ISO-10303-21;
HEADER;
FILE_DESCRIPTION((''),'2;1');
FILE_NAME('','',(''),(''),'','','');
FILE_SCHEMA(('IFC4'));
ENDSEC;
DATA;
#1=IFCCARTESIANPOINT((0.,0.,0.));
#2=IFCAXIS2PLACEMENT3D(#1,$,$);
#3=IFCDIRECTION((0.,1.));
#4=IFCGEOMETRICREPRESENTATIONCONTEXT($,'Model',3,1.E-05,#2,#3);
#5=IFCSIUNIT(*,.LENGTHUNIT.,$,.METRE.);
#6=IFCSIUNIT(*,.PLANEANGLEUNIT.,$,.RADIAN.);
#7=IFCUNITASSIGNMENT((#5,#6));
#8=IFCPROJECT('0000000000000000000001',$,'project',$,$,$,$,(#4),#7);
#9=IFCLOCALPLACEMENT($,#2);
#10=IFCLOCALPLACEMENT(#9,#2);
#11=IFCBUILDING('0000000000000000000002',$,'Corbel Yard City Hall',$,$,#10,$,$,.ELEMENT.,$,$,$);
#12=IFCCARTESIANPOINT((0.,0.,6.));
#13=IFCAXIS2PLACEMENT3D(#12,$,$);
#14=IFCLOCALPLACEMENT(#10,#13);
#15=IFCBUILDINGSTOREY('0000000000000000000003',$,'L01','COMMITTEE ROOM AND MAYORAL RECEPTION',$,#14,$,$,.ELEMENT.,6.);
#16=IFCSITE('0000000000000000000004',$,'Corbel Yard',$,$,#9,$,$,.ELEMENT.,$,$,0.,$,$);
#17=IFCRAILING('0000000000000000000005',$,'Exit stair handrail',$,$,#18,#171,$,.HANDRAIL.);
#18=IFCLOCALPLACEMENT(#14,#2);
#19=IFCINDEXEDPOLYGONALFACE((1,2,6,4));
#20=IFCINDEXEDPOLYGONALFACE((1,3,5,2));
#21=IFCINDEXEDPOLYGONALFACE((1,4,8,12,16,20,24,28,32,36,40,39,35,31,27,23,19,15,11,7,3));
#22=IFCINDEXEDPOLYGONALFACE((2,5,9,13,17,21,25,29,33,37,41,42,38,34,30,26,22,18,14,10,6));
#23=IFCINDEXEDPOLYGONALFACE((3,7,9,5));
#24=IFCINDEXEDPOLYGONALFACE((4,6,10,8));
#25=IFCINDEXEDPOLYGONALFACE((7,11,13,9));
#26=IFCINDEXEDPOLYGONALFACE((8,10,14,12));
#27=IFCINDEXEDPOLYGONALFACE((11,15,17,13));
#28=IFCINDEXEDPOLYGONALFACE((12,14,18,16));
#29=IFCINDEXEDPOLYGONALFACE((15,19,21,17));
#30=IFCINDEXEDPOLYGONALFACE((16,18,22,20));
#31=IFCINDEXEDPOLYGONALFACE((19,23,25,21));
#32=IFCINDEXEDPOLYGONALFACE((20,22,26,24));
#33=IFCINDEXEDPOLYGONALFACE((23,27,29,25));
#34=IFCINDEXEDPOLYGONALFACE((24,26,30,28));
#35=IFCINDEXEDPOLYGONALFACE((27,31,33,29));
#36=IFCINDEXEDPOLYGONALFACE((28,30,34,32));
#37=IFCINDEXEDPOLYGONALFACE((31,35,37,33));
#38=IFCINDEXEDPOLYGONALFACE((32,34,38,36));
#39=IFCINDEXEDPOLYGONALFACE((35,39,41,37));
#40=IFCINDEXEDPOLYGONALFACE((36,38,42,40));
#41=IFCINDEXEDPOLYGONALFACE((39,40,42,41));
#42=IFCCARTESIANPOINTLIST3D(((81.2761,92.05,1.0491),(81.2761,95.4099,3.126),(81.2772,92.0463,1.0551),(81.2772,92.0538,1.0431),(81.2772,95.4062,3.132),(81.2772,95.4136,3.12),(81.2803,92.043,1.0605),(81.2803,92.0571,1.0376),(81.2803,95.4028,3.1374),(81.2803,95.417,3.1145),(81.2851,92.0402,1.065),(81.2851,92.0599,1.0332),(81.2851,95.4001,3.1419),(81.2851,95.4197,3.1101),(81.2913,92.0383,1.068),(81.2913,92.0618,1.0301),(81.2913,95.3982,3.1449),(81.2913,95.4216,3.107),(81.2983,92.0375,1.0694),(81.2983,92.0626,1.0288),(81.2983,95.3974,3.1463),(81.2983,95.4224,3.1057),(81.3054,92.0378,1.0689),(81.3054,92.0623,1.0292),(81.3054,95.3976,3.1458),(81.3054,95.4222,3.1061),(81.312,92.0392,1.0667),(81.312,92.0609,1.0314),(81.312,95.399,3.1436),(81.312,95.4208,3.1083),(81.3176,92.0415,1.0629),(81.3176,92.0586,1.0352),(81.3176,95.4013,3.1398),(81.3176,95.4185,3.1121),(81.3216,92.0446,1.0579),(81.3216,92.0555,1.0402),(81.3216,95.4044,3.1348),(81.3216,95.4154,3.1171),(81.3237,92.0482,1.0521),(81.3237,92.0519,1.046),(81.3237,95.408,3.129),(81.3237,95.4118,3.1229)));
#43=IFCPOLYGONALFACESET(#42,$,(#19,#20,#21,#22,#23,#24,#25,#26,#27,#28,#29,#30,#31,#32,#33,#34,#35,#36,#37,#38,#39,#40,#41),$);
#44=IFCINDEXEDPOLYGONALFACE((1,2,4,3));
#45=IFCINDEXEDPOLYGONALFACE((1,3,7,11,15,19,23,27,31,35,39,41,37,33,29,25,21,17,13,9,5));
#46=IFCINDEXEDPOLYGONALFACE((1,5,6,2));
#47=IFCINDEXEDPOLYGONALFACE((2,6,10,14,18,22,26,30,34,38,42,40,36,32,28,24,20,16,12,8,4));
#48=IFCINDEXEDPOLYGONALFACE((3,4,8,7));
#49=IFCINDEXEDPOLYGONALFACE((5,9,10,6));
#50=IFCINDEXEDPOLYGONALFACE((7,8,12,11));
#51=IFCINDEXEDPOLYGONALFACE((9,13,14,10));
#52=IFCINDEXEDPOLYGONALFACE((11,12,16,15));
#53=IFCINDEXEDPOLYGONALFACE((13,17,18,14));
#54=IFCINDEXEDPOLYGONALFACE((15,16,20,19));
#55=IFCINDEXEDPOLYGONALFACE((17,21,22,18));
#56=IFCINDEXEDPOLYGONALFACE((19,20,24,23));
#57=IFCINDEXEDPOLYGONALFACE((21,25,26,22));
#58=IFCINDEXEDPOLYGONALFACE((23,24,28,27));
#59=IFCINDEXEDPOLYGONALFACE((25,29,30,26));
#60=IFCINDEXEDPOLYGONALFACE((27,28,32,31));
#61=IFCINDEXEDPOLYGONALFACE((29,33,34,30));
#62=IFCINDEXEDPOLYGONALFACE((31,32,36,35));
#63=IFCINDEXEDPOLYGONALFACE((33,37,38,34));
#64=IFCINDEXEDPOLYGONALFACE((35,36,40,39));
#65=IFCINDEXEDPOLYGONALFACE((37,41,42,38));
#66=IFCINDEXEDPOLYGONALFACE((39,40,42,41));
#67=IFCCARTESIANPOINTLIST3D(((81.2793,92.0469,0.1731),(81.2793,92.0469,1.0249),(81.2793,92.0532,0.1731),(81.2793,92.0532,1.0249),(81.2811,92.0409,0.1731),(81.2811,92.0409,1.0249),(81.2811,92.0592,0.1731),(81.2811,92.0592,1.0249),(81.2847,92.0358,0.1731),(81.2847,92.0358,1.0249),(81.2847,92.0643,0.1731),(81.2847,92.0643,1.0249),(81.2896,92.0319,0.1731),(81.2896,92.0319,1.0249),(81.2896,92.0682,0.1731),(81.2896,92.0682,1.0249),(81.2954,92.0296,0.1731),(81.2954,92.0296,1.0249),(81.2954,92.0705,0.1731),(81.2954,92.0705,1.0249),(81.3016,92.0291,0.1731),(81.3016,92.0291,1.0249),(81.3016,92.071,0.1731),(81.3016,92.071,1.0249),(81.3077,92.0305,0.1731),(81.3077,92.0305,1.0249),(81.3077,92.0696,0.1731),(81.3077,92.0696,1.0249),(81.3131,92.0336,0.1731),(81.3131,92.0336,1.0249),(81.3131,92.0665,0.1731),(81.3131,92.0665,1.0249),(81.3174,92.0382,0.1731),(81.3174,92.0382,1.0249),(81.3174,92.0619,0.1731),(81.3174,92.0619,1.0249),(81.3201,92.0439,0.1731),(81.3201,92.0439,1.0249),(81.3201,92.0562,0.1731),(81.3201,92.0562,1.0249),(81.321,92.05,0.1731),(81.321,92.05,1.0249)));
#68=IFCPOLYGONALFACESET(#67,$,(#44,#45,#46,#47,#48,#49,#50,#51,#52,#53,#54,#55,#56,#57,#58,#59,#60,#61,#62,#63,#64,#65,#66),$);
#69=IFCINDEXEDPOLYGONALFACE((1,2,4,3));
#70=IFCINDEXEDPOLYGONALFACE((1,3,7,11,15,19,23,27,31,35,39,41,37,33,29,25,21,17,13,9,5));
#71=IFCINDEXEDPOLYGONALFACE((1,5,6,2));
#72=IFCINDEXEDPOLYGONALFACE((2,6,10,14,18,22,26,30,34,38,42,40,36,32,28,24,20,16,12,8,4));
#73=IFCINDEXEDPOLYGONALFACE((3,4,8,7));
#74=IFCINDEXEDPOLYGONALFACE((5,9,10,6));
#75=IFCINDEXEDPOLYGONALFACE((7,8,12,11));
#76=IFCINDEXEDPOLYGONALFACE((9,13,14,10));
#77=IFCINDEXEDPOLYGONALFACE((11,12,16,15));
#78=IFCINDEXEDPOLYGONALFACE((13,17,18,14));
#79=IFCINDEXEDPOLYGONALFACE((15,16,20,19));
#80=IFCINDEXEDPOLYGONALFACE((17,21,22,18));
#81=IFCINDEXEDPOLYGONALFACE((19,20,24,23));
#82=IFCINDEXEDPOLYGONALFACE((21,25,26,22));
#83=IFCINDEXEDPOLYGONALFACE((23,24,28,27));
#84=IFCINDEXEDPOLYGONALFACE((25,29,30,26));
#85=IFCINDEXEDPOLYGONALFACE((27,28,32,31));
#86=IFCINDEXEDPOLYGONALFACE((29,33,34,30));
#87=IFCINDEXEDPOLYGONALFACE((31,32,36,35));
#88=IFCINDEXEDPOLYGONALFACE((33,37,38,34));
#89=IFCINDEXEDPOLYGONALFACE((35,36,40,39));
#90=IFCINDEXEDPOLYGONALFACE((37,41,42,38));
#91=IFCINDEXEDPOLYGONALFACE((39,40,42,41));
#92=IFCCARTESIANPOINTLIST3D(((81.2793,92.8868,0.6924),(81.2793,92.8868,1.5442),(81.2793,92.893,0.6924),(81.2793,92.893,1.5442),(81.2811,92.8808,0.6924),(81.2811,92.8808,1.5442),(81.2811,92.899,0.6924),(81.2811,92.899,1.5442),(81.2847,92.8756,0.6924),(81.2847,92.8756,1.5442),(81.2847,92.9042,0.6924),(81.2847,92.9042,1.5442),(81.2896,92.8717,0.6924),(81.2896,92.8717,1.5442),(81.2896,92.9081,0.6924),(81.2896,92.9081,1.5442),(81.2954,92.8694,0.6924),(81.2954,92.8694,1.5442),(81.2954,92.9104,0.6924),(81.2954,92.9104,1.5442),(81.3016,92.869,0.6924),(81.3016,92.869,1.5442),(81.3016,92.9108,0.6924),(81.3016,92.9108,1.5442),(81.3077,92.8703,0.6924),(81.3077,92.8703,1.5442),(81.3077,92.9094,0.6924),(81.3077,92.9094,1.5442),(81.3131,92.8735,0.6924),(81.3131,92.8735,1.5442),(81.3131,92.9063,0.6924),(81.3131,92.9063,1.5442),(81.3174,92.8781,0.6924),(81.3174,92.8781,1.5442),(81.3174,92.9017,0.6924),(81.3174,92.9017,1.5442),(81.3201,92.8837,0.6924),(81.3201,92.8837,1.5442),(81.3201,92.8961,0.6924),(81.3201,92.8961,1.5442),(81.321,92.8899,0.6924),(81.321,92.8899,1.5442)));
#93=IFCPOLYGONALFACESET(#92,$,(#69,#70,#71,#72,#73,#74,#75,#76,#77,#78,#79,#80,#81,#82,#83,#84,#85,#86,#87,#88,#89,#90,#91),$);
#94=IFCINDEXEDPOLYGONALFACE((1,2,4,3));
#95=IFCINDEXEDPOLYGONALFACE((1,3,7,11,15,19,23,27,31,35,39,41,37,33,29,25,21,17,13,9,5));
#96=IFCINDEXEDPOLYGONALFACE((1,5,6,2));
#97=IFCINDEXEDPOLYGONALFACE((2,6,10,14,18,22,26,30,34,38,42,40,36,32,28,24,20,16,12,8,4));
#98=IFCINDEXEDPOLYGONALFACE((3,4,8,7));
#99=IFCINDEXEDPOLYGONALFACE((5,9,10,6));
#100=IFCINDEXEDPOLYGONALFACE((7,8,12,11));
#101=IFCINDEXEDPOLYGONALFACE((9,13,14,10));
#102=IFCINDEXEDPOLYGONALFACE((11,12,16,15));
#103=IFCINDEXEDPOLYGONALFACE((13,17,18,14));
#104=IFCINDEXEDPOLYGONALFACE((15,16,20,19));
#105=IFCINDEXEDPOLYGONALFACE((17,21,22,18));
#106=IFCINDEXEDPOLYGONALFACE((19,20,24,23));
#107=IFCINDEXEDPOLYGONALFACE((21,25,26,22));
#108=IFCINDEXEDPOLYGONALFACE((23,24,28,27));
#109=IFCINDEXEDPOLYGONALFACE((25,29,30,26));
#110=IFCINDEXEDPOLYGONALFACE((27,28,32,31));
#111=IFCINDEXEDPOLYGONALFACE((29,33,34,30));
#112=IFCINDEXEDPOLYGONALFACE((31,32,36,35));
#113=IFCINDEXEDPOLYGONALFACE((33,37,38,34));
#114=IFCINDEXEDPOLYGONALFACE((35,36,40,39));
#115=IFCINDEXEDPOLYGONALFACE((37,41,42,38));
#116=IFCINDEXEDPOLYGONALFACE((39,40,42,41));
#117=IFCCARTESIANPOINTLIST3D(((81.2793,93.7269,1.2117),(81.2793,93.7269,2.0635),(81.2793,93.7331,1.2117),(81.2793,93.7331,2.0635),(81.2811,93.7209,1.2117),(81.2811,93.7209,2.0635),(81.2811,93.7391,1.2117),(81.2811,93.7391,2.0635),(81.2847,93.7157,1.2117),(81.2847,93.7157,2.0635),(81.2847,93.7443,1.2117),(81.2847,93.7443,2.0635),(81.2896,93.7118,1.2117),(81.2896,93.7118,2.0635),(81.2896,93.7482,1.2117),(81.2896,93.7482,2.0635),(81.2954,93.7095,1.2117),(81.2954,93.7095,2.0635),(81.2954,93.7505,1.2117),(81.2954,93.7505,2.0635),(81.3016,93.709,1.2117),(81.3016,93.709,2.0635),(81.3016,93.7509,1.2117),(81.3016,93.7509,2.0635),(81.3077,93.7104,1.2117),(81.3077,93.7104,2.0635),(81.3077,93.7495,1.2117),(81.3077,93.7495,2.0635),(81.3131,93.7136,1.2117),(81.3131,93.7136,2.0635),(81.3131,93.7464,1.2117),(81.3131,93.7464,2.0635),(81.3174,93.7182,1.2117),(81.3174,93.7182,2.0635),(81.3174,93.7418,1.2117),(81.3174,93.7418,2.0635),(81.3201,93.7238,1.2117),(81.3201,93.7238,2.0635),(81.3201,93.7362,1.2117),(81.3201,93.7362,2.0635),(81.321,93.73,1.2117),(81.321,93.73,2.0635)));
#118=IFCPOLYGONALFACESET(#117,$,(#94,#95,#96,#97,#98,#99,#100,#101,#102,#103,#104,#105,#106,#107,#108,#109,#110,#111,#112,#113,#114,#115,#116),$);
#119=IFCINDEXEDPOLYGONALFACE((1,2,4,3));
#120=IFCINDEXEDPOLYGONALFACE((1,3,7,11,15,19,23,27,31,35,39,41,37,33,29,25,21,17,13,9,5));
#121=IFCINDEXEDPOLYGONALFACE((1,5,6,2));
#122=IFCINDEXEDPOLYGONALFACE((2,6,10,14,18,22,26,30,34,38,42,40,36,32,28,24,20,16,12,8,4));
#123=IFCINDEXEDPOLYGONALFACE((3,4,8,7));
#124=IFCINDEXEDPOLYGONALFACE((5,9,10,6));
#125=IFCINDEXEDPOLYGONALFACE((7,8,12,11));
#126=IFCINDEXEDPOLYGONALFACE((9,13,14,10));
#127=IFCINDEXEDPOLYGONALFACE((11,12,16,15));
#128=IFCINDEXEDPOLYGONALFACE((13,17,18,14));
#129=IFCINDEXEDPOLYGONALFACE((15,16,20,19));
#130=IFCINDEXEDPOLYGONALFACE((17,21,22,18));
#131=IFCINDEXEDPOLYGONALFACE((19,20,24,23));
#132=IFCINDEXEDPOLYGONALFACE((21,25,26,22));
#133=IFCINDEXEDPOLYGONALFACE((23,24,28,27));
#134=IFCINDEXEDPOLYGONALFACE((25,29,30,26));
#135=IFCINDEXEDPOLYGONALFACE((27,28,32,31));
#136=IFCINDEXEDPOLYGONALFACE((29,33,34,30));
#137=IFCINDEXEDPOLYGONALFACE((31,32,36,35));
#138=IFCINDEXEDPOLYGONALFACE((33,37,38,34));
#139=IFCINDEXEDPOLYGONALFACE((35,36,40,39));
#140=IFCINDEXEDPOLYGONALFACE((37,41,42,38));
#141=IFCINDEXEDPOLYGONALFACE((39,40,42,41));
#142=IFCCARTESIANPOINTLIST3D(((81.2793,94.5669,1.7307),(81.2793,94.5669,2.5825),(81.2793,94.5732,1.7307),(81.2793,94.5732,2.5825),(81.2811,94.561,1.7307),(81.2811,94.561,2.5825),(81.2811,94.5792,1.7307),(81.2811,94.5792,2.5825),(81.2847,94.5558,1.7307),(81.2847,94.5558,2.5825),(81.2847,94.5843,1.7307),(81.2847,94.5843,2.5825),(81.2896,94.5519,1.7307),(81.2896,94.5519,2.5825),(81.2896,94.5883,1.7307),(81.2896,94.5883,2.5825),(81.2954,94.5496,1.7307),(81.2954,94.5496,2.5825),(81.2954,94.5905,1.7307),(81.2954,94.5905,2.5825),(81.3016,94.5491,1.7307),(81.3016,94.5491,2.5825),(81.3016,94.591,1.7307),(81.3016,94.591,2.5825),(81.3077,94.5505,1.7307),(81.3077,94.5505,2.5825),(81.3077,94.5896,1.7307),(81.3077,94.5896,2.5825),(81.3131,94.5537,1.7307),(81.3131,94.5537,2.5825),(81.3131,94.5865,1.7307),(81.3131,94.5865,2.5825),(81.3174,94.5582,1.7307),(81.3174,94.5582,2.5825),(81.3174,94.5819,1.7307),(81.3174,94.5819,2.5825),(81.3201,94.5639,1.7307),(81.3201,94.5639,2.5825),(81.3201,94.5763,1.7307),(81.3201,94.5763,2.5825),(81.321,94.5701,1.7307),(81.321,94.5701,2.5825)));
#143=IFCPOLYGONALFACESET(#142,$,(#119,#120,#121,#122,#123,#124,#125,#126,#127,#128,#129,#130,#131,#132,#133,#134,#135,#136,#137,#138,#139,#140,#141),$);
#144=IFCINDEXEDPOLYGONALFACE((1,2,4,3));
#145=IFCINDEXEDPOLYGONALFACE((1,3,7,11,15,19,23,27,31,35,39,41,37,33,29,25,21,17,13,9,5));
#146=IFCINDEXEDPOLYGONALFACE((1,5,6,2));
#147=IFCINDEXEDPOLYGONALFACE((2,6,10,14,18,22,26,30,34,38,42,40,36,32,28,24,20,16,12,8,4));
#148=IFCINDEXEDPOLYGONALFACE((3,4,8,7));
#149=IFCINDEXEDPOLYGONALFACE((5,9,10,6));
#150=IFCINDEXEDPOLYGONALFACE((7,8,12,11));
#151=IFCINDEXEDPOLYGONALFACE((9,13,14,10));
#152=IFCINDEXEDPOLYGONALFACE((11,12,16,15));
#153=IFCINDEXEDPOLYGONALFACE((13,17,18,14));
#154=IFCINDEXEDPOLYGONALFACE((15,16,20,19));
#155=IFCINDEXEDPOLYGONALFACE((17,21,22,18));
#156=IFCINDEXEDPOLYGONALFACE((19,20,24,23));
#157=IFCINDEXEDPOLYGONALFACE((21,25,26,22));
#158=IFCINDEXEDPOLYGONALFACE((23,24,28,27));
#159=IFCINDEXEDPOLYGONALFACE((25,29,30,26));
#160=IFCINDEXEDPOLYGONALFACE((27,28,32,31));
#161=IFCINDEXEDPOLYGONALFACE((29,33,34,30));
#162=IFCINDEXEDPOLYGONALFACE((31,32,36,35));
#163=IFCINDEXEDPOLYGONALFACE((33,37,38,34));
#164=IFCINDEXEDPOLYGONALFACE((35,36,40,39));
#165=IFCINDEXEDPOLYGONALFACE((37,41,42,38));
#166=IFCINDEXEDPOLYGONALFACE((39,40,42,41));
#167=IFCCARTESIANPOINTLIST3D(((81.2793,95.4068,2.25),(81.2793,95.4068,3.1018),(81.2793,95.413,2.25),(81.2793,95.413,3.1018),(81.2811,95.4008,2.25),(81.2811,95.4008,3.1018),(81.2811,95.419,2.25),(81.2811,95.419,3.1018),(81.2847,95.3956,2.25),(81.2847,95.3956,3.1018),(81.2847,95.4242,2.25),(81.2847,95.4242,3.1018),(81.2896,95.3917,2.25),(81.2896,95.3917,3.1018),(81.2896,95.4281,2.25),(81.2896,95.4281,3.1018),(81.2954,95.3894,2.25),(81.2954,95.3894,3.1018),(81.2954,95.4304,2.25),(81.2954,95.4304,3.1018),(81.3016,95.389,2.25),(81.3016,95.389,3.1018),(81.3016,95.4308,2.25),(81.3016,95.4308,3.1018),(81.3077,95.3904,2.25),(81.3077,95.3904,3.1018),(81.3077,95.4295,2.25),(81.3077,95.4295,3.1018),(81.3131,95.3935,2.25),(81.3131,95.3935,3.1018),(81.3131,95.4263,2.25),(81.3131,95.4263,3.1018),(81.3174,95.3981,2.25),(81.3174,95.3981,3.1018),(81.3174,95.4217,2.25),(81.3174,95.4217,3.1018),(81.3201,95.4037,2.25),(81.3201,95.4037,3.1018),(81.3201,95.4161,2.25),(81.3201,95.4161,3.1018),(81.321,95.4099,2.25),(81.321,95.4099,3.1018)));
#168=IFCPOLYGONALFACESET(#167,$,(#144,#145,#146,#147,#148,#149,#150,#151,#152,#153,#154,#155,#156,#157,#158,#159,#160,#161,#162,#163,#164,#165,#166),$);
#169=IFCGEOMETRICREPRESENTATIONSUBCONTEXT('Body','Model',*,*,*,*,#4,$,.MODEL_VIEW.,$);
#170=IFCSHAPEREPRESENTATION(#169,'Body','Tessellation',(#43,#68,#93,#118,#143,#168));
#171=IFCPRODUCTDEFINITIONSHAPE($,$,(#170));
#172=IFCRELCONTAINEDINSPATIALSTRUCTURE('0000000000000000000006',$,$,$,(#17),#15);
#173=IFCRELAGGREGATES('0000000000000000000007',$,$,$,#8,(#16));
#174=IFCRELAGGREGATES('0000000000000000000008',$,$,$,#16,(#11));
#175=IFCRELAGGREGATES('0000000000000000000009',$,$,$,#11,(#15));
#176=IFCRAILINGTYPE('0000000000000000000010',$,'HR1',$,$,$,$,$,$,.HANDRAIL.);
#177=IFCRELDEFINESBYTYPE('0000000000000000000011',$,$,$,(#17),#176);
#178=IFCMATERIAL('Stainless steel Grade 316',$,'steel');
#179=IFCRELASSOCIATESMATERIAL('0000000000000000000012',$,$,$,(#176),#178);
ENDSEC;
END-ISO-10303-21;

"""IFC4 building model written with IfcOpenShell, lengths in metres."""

from ifc_helpers import new_model, si_unit, direction, frame, origin, origin_2d, place, context, subcontext, project, spatial, circle, extrude, material, type_object, element, save


model = new_model("IFC4")

# Units and contexts
model_context = context("Model", 3, precision=1e-05, world=origin(), true_north=direction((0.0, 1.0)))
body_context = subcontext(model_context, "Body", "Model", "MODEL_VIEW")
ifc_project = project(units=[si_unit("LENGTHUNIT", "METRE"), si_unit("PLANEANGLEUNIT", "RADIAN")], contexts=[model_context])

# Site, building, storey
site_placement = place(None, origin())
site = spatial("IfcSite", under=ifc_project, at=site_placement, Name="Corbel Yard", CompositionType="ELEMENT", RefElevation=0.0)
building_placement = place(site_placement, origin())
building = spatial("IfcBuilding", under=site, at=building_placement, Name="Corbel Yard City Hall", CompositionType="ELEMENT")
storey_placement = place(building_placement, frame((0.0, 0.0, 6.0)))
storey = spatial("IfcBuildingStorey", under=building, at=storey_placement, Name="L01", Description="COMMITTEE ROOM AND MAYORAL RECEPTION", CompositionType="ELEMENT", Elevation=6.0)

# Shared definitions
ifc_material_1 = material(Name="Stainless steel Grade 316", Category="steel")

# Railing
railing_type_1 = type_object("IfcRailingType", Name="HR1", PredefinedType="HANDRAIL", material=ifc_material_1)
for number, where, name in (
    (1, (81.3, 92.05, 0.1731), "Exit stair handrail"),
):
    element("IfcRailing", number, at=place(storey_placement, frame(where)), inside=storey, type_object=railing_type_1, Name=name, PredefinedType="HANDRAIL", context=body_context, shape_type="SweptSolid", body=[
        extrude(circle(Radius=0.0239, at=origin_2d()), frame((0.0, 0.0, 0.876), z_axis=(0.0, 0.850606, 0.525803), x_axis=(-1.0, 0.0, 0.0)), (0.0, 0.0, 1.0), 3.95),
        extrude(circle(Radius=0.021, at=origin_2d()), origin(), (0.0, 0.0, 1.0), 0.8518),
        extrude(circle(Radius=0.021, at=origin_2d()), frame((0.0, 0.8398, 0.5193)), (0.0, 0.0, 1.0), 0.8518),
        extrude(circle(Radius=0.021, at=origin_2d()), frame((0.0, 1.6799, 1.0386)), (0.0, 0.0, 1.0), 0.8518),
        extrude(circle(Radius=0.021, at=origin_2d()), frame((0.0, 2.52, 1.5576)), (0.0, 0.0, 1.0), 0.8518),
        extrude(circle(Radius=0.021, at=origin_2d()), frame((0.0, 3.3599, 2.0769)), (0.0, 0.0, 1.0), 0.8518),
    ])

save(model, "model.ifc")
